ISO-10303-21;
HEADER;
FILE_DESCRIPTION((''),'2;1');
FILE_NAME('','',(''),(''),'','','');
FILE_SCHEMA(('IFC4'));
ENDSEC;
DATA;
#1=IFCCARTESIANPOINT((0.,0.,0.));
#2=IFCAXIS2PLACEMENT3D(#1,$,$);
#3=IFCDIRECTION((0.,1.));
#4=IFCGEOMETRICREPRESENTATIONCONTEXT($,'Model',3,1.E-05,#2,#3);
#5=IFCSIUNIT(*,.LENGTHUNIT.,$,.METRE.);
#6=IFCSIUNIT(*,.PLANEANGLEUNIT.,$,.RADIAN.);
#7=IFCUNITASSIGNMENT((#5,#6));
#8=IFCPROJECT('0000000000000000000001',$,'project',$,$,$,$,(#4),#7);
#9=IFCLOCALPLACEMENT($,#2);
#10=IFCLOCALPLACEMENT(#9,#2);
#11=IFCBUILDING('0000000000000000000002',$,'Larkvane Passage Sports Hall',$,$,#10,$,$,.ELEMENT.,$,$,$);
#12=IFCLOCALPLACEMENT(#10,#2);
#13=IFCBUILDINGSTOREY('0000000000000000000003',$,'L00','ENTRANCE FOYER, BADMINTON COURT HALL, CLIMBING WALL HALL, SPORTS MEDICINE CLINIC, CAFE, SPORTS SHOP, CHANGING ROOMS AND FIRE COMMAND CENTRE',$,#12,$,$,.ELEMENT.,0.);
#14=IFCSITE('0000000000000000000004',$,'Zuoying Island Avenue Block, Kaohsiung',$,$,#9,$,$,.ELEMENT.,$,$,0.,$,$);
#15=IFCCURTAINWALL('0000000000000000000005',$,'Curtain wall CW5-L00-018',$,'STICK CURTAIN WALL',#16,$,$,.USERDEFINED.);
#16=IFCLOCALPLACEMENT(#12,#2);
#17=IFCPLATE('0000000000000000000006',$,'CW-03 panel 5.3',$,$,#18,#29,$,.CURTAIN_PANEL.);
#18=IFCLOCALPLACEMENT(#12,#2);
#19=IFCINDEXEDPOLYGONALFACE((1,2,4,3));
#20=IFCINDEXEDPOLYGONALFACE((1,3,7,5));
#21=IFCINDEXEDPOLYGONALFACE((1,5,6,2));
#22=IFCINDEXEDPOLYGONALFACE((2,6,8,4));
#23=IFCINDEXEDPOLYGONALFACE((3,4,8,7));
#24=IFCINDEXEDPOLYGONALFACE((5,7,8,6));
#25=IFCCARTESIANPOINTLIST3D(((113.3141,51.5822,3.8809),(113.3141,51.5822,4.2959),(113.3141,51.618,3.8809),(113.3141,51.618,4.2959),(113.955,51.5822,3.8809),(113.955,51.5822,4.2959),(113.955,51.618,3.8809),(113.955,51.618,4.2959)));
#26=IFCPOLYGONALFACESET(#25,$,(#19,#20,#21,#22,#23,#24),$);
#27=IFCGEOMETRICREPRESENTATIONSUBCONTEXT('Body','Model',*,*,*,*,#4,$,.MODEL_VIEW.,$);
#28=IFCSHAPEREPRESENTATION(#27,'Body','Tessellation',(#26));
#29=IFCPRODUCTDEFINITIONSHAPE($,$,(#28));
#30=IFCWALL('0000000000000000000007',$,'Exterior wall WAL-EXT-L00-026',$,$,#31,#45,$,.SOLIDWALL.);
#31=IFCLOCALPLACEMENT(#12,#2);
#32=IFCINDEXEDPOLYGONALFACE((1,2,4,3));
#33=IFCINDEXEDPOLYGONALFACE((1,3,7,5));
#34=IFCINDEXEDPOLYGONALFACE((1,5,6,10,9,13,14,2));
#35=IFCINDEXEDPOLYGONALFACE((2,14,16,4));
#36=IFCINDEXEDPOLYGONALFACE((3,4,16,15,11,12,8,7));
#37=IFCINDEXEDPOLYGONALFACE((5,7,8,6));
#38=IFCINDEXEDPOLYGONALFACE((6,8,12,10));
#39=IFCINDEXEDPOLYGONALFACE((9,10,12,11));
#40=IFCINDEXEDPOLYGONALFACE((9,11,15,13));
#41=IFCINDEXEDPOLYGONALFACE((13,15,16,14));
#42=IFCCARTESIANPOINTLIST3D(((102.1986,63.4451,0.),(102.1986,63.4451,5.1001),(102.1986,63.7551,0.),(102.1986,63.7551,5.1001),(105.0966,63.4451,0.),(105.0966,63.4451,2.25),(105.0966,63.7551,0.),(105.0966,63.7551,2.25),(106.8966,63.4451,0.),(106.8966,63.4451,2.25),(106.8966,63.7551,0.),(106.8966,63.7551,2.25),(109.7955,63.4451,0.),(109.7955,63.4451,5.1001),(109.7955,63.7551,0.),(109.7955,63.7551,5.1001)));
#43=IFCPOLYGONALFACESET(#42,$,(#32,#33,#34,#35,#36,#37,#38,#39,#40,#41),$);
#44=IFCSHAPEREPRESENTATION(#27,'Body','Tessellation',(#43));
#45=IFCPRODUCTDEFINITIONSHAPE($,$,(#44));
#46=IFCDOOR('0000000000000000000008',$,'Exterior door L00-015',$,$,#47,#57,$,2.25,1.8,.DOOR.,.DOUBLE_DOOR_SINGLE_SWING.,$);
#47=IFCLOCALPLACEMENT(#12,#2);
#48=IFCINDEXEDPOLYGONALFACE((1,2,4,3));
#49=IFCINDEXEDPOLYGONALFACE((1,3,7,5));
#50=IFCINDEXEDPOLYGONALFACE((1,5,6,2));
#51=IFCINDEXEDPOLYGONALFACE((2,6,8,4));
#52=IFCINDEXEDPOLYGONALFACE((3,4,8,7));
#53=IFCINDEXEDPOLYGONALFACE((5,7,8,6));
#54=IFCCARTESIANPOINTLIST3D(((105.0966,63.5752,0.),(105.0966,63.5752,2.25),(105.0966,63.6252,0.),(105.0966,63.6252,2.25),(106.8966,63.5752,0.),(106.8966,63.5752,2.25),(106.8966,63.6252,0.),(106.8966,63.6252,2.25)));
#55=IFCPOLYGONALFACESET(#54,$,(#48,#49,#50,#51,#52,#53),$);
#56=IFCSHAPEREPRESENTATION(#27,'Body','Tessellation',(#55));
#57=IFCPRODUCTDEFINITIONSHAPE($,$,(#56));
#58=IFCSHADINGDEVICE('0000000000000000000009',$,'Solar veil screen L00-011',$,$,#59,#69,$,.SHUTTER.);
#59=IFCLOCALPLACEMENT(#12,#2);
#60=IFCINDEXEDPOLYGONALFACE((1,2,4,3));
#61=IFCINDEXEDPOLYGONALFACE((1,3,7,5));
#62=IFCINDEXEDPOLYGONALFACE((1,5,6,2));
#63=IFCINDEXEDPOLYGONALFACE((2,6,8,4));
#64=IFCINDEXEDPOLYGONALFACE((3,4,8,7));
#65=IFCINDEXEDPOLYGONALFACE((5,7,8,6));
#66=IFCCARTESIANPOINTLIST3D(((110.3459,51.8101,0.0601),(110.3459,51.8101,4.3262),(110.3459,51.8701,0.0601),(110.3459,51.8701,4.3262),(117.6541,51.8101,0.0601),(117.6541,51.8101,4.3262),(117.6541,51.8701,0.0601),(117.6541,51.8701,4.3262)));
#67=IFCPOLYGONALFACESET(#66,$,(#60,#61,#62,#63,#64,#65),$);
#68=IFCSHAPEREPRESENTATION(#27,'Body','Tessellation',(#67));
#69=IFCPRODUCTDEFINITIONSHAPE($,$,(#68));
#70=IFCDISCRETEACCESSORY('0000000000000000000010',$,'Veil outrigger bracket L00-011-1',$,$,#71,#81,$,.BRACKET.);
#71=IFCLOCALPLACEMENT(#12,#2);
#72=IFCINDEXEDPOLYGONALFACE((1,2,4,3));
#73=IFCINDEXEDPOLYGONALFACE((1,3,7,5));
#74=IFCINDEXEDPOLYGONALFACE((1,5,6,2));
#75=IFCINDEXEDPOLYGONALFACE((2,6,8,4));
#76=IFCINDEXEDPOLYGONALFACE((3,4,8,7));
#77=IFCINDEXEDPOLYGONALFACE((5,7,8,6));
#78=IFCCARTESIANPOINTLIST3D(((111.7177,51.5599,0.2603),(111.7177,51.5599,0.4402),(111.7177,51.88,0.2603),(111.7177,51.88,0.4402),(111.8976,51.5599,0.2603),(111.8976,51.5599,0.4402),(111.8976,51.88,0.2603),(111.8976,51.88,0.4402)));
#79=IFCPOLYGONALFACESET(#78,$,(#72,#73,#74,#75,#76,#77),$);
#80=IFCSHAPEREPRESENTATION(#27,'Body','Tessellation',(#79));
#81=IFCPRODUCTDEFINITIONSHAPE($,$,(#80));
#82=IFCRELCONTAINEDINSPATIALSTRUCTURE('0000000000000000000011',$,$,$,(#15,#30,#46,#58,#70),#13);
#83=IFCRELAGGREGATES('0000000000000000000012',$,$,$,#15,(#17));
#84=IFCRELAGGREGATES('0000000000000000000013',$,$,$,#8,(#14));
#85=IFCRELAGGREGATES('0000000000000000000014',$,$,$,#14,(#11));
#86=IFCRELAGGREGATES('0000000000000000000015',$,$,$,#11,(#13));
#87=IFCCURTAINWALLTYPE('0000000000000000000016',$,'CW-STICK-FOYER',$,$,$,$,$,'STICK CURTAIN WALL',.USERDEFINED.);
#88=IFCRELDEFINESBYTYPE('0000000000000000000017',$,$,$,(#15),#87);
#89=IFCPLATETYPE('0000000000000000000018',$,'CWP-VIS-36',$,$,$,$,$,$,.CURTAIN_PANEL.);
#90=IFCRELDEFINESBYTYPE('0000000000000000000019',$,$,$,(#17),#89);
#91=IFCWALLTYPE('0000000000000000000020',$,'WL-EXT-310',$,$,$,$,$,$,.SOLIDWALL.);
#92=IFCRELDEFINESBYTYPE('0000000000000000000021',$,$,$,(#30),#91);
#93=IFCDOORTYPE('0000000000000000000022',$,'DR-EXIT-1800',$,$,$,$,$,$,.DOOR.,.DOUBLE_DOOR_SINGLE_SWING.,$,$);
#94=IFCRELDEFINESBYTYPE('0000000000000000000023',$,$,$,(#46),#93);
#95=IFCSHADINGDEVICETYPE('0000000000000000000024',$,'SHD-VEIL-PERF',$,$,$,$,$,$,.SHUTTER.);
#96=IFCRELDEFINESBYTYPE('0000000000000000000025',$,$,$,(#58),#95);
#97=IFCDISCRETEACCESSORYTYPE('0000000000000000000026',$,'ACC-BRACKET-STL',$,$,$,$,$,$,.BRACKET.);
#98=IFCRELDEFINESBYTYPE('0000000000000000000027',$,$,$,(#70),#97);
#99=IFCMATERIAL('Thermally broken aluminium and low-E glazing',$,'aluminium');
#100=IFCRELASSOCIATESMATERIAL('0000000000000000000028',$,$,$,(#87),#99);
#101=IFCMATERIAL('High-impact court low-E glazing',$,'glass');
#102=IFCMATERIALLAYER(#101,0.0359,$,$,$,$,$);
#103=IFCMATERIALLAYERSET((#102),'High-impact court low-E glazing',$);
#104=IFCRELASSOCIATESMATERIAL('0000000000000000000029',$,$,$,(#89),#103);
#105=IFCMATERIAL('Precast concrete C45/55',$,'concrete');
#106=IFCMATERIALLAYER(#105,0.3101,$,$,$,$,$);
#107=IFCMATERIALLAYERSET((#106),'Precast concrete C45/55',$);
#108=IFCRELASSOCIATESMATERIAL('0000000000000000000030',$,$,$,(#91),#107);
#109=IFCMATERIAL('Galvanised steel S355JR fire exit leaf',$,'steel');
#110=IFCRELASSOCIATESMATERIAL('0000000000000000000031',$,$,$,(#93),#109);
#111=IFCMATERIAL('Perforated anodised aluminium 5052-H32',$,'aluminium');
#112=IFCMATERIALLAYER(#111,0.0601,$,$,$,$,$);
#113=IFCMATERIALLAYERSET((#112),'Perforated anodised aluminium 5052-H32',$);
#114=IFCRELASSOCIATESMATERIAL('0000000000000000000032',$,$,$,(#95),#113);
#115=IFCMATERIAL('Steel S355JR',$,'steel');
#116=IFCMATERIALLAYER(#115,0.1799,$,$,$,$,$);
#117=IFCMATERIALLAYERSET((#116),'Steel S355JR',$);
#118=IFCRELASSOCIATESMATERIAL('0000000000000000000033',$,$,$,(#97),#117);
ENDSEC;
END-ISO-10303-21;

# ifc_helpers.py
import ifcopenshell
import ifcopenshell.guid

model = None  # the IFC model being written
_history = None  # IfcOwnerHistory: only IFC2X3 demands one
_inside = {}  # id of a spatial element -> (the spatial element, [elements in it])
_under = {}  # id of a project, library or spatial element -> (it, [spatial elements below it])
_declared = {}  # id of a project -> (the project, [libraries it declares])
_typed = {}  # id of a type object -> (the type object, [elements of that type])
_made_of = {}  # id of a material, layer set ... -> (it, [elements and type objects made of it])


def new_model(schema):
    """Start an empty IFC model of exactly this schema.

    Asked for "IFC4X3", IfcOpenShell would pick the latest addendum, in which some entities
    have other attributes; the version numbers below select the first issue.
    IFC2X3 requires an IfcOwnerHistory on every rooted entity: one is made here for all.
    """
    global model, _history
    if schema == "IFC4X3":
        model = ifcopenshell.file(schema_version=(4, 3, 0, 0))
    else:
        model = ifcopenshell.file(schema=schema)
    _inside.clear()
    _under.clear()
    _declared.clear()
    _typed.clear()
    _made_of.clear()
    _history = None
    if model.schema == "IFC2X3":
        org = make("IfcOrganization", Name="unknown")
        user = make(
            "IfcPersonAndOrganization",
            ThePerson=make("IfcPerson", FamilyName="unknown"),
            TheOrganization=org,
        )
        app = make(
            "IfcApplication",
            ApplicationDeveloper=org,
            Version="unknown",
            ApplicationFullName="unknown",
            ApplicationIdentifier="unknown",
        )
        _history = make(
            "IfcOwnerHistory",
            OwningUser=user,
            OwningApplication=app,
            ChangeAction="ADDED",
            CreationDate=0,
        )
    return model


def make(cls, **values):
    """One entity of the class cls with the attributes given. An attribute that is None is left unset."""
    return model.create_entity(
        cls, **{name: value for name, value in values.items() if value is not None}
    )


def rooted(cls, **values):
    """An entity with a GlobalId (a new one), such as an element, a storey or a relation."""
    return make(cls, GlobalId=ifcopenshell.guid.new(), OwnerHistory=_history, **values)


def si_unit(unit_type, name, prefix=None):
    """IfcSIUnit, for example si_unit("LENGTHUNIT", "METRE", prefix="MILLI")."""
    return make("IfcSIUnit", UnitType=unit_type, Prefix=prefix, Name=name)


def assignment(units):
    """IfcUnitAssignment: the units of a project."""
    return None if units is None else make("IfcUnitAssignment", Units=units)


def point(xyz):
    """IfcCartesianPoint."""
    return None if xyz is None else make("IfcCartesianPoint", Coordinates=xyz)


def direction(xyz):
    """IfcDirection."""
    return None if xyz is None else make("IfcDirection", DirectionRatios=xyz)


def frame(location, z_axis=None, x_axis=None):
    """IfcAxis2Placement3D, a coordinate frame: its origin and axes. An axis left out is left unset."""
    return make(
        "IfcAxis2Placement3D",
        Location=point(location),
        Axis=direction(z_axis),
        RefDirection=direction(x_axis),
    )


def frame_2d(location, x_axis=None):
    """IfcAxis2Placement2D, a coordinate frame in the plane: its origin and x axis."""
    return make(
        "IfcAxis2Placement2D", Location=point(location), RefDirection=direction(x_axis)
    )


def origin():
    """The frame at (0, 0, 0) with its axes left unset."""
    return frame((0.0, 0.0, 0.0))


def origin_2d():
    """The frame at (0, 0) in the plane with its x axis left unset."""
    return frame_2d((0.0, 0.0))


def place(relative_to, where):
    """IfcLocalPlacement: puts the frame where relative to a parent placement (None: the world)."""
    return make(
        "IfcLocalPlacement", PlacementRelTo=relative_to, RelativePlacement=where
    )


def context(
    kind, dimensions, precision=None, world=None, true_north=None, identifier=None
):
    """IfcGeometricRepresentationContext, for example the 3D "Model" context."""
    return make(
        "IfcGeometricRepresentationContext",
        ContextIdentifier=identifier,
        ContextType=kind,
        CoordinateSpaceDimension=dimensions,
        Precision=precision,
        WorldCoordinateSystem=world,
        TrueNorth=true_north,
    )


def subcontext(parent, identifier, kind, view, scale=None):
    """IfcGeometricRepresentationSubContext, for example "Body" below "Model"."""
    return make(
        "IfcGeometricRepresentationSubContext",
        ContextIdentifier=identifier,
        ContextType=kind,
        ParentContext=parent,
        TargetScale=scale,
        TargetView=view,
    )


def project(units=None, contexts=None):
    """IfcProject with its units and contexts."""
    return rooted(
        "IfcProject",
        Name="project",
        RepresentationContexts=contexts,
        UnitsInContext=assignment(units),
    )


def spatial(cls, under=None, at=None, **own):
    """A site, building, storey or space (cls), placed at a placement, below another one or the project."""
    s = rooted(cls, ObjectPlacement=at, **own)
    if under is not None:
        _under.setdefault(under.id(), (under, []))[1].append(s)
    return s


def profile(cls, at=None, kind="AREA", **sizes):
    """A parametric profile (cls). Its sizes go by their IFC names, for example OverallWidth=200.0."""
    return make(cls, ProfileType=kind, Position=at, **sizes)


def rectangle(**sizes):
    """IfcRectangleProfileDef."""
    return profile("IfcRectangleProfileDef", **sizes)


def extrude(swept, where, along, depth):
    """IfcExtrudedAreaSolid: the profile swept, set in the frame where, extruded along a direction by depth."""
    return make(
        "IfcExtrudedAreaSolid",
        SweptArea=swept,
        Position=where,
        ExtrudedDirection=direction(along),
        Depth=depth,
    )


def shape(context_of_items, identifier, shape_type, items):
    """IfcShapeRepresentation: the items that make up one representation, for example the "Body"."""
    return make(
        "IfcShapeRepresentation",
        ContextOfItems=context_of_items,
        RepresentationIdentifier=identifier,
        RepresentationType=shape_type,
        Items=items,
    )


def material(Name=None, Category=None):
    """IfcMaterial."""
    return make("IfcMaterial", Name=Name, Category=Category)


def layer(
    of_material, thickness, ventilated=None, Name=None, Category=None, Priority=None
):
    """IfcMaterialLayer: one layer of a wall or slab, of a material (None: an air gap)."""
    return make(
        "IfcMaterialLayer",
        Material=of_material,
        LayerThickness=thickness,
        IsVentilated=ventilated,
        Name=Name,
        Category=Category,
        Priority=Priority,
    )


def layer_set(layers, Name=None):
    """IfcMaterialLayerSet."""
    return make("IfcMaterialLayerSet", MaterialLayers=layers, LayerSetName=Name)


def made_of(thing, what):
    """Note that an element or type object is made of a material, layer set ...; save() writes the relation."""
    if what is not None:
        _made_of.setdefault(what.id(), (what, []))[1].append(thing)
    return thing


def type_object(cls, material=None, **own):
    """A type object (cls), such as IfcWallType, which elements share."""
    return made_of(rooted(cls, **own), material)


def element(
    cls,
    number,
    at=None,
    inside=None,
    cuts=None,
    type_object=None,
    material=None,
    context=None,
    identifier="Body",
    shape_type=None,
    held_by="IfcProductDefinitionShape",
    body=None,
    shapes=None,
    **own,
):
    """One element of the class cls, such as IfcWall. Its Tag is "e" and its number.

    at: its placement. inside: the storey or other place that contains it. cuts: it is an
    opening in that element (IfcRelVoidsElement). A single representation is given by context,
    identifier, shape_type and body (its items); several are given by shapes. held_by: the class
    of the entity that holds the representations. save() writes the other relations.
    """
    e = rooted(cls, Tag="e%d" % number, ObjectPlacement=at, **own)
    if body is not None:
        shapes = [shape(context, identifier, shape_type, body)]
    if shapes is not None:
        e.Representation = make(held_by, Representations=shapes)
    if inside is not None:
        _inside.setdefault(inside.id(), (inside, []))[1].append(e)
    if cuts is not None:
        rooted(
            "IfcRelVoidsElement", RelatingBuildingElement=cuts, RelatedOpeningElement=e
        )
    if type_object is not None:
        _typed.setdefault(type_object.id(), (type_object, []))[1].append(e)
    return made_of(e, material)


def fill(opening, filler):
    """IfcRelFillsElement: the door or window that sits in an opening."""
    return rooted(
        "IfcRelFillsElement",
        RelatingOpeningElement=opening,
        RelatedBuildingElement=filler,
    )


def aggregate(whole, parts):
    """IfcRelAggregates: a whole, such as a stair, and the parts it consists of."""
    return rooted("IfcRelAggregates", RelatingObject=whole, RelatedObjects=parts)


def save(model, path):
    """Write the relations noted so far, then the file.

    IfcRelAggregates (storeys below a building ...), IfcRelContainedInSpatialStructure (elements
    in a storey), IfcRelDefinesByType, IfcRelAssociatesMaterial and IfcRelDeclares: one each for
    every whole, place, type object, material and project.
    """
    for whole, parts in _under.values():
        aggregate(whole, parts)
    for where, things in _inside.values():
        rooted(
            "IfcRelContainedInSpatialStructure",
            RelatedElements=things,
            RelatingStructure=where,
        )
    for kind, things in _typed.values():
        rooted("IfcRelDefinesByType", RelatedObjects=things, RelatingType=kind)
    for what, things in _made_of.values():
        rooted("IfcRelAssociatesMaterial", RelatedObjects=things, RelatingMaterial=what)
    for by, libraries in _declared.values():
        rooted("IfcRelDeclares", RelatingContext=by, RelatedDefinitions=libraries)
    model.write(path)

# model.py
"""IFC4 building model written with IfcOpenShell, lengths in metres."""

from ifc_helpers import new_model, si_unit, direction, frame, frame_2d, origin, origin_2d, place, context, subcontext, project, spatial, rectangle, extrude, material, layer, layer_set, type_object, element, fill, aggregate, save


model = new_model("IFC4")

# Units and contexts
model_context = context("Model", 3, precision=1e-05, world=origin(), true_north=direction((0.0, 1.0)))
body_context = subcontext(model_context, "Body", "Model", "MODEL_VIEW")
ifc_project = project(units=[si_unit("LENGTHUNIT", "METRE"), si_unit("PLANEANGLEUNIT", "RADIAN")], contexts=[model_context])

# Site, building, storey
site_placement = place(None, origin())
site = spatial("IfcSite", under=ifc_project, at=site_placement, Name="Zuoying Island Avenue Block, Kaohsiung", CompositionType="ELEMENT", RefElevation=0.0)
building_placement = place(site_placement, origin())
building = spatial("IfcBuilding", under=site, at=building_placement, Name="Larkvane Passage Sports Hall", CompositionType="ELEMENT")
storey_placement = place(building_placement, origin())
storey = spatial("IfcBuildingStorey", under=building, at=storey_placement, Name="L00", Description="ENTRANCE FOYER, BADMINTON COURT HALL, CLIMBING WALL HALL, SPORTS MEDICINE CLINIC, CAFE, SPORTS SHOP, CHANGING ROOMS AND FIRE COMMAND CENTRE", CompositionType="ELEMENT", Elevation=0.0)

# Shared definitions
ifc_material_1 = material(Name="Thermally broken aluminium and low-E glazing", Category="aluminium")

# Curtain wall
curtain_wall_type_1 = type_object("IfcCurtainWallType", Name="CW-STICK-FOYER", ElementType="STICK CURTAIN WALL", PredefinedType="USERDEFINED", material=ifc_material_1)
curtain_wall_1_placement = place(storey_placement, origin())
curtain_wall_1 = element("IfcCurtainWall", 1, at=curtain_wall_1_placement, inside=storey, type_object=curtain_wall_type_1, Name="Curtain wall CW5-L00-018", ObjectType="STICK CURTAIN WALL", PredefinedType="USERDEFINED")

# Shared definitions
ifc_material_2 = material(Name="Steel S355JR", Category="steel")

# Plate
ifc_material_3 = material(Name="High-impact court low-E glazing", Category="glass")
ifc_layer_1 = layer(ifc_material_3, 0.0359)
ifc_layer_set_1 = layer_set([ifc_layer_1], Name="High-impact court low-E glazing")
plate_type_1 = type_object("IfcPlateType", Name="CWP-VIS-36", PredefinedType="CURTAIN_PANEL", material=ifc_layer_set_1)
plate_1_placement = place(storey_placement, frame((113.6345, 51.6001, 3.8809), z_axis=(0.0, 0.0, 1.0), x_axis=(1.0, 0.0, 0.0)))
plate_1 = element("IfcPlate", 2, at=plate_1_placement, type_object=plate_type_1, Name="CW-03 panel 5.3", PredefinedType="CURTAIN_PANEL", context=body_context, shape_type="SweptSolid", body=[
    extrude(rectangle(XDim=0.6409, YDim=0.0359, at=origin_2d()), origin(), (0.0, 0.0, 1.0), 0.415),
])
aggregate(curtain_wall_1, [plate_1])

# Wall, opening, door
ifc_material_4 = material(Name="Precast concrete C45/55", Category="concrete")
ifc_layer_2 = layer(ifc_material_4, 0.3101)
ifc_layer_set_2 = layer_set([ifc_layer_2], Name="Precast concrete C45/55")
wall_type = type_object("IfcWallType", Name="WL-EXT-310", PredefinedType="SOLIDWALL", material=ifc_layer_set_2)
wall_placement = place(storey_placement, frame((109.7954, 63.6001, 0.0), z_axis=(0.0, 0.0, 1.0), x_axis=(-1.0, 0.0, 0.0)))
wall = element("IfcWall", 3, at=wall_placement, inside=storey, type_object=wall_type, Name="Exterior wall WAL-EXT-L00-026", PredefinedType="SOLIDWALL", context=body_context, shape_type="SweptSolid", body=[
    extrude(rectangle(XDim=7.5969, YDim=0.3101, at=frame_2d((3.7983, 0.0))), origin(), (0.0, 0.0, 1.0), 5.1001),
])
opening_placement = place(wall_placement, frame((2.8989, 0.0, 0.0)))
opening = element("IfcOpeningElement", 4, at=opening_placement, cuts=wall, PredefinedType="OPENING", context=body_context, shape_type="SweptSolid", body=[
    extrude(rectangle(XDim=1.8, YDim=2.25, at=frame_2d((0.8999, 1.125))), frame((0.0, 0.165, 0.0), z_axis=(0.0, -1.0, 0.0), x_axis=(1.0, 0.0, 0.0)), (0.0, 0.0, 1.0), 0.3301),
])
ifc_material_5 = material(Name="Galvanised steel S355JR fire exit leaf", Category="steel")
door_type = type_object("IfcDoorType", Name="DR-EXIT-1800", OperationType="DOUBLE_DOOR_SINGLE_SWING", PredefinedType="DOOR", material=ifc_material_5)
door_placement = place(opening_placement, origin())
door = element("IfcDoor", 5, at=door_placement, inside=storey, type_object=door_type, Name="Exterior door L00-015", OperationType="DOUBLE_DOOR_SINGLE_SWING", OverallHeight=2.25, OverallWidth=1.8, PredefinedType="DOOR", context=body_context, shape_type="SweptSolid", body=[
    extrude(rectangle(XDim=1.8, YDim=2.25, at=frame_2d((0.8999, 1.125))), frame((0.0, 0.0249, 0.0), z_axis=(0.0, -1.0, 0.0), x_axis=(1.0, 0.0, 0.0)), (0.0, 0.0, 1.0), 0.05),
])
fill(opening, door)

# Shading device
ifc_material_6 = material(Name="Perforated anodised aluminium 5052-H32", Category="aluminium")
ifc_layer_3 = layer(ifc_material_6, 0.0601)
ifc_layer_set_3 = layer_set([ifc_layer_3], Name="Perforated anodised aluminium 5052-H32")
shading_device_type = type_object("IfcShadingDeviceType", Name="SHD-VEIL-PERF", PredefinedType="SHUTTER", material=ifc_layer_set_3)
shading_device_placement = place(storey_placement, frame((114.0, 51.8401, 0.0601), z_axis=(0.0, 0.0, 1.0), x_axis=(1.0, 0.0, 0.0)))
element("IfcShadingDevice", 6, at=shading_device_placement, inside=storey, type_object=shading_device_type, Name="Solar veil screen L00-011", PredefinedType="SHUTTER", context=body_context, shape_type="SweptSolid", body=[
    extrude(rectangle(XDim=7.3081, YDim=0.0601, at=origin_2d()), origin(), (0.0, 0.0, 1.0), 4.2661),
])

# Discrete accessory
ifc_layer_4 = layer(ifc_material_2, 0.1799)
ifc_layer_set_4 = layer_set([ifc_layer_4], Name="Steel S355JR")
discrete_accessory_type = type_object("IfcDiscreteAccessoryType", Name="ACC-BRACKET-STL", PredefinedType="BRACKET", material=ifc_layer_set_4)
discrete_accessory_placement = place(storey_placement, frame((111.8076, 51.72, 0.2603), z_axis=(0.0, 0.0, 1.0), x_axis=(1.0, 0.0, 0.0)))
element("IfcDiscreteAccessory", 7, at=discrete_accessory_placement, inside=storey, type_object=discrete_accessory_type, Name="Veil outrigger bracket L00-011-1", PredefinedType="BRACKET", context=body_context, shape_type="SweptSolid", body=[
    extrude(rectangle(XDim=0.1799, YDim=0.3201, at=origin_2d()), origin(), (0.0, 0.0, 1.0), 0.1799),
])

save(model, "model.ifc")
